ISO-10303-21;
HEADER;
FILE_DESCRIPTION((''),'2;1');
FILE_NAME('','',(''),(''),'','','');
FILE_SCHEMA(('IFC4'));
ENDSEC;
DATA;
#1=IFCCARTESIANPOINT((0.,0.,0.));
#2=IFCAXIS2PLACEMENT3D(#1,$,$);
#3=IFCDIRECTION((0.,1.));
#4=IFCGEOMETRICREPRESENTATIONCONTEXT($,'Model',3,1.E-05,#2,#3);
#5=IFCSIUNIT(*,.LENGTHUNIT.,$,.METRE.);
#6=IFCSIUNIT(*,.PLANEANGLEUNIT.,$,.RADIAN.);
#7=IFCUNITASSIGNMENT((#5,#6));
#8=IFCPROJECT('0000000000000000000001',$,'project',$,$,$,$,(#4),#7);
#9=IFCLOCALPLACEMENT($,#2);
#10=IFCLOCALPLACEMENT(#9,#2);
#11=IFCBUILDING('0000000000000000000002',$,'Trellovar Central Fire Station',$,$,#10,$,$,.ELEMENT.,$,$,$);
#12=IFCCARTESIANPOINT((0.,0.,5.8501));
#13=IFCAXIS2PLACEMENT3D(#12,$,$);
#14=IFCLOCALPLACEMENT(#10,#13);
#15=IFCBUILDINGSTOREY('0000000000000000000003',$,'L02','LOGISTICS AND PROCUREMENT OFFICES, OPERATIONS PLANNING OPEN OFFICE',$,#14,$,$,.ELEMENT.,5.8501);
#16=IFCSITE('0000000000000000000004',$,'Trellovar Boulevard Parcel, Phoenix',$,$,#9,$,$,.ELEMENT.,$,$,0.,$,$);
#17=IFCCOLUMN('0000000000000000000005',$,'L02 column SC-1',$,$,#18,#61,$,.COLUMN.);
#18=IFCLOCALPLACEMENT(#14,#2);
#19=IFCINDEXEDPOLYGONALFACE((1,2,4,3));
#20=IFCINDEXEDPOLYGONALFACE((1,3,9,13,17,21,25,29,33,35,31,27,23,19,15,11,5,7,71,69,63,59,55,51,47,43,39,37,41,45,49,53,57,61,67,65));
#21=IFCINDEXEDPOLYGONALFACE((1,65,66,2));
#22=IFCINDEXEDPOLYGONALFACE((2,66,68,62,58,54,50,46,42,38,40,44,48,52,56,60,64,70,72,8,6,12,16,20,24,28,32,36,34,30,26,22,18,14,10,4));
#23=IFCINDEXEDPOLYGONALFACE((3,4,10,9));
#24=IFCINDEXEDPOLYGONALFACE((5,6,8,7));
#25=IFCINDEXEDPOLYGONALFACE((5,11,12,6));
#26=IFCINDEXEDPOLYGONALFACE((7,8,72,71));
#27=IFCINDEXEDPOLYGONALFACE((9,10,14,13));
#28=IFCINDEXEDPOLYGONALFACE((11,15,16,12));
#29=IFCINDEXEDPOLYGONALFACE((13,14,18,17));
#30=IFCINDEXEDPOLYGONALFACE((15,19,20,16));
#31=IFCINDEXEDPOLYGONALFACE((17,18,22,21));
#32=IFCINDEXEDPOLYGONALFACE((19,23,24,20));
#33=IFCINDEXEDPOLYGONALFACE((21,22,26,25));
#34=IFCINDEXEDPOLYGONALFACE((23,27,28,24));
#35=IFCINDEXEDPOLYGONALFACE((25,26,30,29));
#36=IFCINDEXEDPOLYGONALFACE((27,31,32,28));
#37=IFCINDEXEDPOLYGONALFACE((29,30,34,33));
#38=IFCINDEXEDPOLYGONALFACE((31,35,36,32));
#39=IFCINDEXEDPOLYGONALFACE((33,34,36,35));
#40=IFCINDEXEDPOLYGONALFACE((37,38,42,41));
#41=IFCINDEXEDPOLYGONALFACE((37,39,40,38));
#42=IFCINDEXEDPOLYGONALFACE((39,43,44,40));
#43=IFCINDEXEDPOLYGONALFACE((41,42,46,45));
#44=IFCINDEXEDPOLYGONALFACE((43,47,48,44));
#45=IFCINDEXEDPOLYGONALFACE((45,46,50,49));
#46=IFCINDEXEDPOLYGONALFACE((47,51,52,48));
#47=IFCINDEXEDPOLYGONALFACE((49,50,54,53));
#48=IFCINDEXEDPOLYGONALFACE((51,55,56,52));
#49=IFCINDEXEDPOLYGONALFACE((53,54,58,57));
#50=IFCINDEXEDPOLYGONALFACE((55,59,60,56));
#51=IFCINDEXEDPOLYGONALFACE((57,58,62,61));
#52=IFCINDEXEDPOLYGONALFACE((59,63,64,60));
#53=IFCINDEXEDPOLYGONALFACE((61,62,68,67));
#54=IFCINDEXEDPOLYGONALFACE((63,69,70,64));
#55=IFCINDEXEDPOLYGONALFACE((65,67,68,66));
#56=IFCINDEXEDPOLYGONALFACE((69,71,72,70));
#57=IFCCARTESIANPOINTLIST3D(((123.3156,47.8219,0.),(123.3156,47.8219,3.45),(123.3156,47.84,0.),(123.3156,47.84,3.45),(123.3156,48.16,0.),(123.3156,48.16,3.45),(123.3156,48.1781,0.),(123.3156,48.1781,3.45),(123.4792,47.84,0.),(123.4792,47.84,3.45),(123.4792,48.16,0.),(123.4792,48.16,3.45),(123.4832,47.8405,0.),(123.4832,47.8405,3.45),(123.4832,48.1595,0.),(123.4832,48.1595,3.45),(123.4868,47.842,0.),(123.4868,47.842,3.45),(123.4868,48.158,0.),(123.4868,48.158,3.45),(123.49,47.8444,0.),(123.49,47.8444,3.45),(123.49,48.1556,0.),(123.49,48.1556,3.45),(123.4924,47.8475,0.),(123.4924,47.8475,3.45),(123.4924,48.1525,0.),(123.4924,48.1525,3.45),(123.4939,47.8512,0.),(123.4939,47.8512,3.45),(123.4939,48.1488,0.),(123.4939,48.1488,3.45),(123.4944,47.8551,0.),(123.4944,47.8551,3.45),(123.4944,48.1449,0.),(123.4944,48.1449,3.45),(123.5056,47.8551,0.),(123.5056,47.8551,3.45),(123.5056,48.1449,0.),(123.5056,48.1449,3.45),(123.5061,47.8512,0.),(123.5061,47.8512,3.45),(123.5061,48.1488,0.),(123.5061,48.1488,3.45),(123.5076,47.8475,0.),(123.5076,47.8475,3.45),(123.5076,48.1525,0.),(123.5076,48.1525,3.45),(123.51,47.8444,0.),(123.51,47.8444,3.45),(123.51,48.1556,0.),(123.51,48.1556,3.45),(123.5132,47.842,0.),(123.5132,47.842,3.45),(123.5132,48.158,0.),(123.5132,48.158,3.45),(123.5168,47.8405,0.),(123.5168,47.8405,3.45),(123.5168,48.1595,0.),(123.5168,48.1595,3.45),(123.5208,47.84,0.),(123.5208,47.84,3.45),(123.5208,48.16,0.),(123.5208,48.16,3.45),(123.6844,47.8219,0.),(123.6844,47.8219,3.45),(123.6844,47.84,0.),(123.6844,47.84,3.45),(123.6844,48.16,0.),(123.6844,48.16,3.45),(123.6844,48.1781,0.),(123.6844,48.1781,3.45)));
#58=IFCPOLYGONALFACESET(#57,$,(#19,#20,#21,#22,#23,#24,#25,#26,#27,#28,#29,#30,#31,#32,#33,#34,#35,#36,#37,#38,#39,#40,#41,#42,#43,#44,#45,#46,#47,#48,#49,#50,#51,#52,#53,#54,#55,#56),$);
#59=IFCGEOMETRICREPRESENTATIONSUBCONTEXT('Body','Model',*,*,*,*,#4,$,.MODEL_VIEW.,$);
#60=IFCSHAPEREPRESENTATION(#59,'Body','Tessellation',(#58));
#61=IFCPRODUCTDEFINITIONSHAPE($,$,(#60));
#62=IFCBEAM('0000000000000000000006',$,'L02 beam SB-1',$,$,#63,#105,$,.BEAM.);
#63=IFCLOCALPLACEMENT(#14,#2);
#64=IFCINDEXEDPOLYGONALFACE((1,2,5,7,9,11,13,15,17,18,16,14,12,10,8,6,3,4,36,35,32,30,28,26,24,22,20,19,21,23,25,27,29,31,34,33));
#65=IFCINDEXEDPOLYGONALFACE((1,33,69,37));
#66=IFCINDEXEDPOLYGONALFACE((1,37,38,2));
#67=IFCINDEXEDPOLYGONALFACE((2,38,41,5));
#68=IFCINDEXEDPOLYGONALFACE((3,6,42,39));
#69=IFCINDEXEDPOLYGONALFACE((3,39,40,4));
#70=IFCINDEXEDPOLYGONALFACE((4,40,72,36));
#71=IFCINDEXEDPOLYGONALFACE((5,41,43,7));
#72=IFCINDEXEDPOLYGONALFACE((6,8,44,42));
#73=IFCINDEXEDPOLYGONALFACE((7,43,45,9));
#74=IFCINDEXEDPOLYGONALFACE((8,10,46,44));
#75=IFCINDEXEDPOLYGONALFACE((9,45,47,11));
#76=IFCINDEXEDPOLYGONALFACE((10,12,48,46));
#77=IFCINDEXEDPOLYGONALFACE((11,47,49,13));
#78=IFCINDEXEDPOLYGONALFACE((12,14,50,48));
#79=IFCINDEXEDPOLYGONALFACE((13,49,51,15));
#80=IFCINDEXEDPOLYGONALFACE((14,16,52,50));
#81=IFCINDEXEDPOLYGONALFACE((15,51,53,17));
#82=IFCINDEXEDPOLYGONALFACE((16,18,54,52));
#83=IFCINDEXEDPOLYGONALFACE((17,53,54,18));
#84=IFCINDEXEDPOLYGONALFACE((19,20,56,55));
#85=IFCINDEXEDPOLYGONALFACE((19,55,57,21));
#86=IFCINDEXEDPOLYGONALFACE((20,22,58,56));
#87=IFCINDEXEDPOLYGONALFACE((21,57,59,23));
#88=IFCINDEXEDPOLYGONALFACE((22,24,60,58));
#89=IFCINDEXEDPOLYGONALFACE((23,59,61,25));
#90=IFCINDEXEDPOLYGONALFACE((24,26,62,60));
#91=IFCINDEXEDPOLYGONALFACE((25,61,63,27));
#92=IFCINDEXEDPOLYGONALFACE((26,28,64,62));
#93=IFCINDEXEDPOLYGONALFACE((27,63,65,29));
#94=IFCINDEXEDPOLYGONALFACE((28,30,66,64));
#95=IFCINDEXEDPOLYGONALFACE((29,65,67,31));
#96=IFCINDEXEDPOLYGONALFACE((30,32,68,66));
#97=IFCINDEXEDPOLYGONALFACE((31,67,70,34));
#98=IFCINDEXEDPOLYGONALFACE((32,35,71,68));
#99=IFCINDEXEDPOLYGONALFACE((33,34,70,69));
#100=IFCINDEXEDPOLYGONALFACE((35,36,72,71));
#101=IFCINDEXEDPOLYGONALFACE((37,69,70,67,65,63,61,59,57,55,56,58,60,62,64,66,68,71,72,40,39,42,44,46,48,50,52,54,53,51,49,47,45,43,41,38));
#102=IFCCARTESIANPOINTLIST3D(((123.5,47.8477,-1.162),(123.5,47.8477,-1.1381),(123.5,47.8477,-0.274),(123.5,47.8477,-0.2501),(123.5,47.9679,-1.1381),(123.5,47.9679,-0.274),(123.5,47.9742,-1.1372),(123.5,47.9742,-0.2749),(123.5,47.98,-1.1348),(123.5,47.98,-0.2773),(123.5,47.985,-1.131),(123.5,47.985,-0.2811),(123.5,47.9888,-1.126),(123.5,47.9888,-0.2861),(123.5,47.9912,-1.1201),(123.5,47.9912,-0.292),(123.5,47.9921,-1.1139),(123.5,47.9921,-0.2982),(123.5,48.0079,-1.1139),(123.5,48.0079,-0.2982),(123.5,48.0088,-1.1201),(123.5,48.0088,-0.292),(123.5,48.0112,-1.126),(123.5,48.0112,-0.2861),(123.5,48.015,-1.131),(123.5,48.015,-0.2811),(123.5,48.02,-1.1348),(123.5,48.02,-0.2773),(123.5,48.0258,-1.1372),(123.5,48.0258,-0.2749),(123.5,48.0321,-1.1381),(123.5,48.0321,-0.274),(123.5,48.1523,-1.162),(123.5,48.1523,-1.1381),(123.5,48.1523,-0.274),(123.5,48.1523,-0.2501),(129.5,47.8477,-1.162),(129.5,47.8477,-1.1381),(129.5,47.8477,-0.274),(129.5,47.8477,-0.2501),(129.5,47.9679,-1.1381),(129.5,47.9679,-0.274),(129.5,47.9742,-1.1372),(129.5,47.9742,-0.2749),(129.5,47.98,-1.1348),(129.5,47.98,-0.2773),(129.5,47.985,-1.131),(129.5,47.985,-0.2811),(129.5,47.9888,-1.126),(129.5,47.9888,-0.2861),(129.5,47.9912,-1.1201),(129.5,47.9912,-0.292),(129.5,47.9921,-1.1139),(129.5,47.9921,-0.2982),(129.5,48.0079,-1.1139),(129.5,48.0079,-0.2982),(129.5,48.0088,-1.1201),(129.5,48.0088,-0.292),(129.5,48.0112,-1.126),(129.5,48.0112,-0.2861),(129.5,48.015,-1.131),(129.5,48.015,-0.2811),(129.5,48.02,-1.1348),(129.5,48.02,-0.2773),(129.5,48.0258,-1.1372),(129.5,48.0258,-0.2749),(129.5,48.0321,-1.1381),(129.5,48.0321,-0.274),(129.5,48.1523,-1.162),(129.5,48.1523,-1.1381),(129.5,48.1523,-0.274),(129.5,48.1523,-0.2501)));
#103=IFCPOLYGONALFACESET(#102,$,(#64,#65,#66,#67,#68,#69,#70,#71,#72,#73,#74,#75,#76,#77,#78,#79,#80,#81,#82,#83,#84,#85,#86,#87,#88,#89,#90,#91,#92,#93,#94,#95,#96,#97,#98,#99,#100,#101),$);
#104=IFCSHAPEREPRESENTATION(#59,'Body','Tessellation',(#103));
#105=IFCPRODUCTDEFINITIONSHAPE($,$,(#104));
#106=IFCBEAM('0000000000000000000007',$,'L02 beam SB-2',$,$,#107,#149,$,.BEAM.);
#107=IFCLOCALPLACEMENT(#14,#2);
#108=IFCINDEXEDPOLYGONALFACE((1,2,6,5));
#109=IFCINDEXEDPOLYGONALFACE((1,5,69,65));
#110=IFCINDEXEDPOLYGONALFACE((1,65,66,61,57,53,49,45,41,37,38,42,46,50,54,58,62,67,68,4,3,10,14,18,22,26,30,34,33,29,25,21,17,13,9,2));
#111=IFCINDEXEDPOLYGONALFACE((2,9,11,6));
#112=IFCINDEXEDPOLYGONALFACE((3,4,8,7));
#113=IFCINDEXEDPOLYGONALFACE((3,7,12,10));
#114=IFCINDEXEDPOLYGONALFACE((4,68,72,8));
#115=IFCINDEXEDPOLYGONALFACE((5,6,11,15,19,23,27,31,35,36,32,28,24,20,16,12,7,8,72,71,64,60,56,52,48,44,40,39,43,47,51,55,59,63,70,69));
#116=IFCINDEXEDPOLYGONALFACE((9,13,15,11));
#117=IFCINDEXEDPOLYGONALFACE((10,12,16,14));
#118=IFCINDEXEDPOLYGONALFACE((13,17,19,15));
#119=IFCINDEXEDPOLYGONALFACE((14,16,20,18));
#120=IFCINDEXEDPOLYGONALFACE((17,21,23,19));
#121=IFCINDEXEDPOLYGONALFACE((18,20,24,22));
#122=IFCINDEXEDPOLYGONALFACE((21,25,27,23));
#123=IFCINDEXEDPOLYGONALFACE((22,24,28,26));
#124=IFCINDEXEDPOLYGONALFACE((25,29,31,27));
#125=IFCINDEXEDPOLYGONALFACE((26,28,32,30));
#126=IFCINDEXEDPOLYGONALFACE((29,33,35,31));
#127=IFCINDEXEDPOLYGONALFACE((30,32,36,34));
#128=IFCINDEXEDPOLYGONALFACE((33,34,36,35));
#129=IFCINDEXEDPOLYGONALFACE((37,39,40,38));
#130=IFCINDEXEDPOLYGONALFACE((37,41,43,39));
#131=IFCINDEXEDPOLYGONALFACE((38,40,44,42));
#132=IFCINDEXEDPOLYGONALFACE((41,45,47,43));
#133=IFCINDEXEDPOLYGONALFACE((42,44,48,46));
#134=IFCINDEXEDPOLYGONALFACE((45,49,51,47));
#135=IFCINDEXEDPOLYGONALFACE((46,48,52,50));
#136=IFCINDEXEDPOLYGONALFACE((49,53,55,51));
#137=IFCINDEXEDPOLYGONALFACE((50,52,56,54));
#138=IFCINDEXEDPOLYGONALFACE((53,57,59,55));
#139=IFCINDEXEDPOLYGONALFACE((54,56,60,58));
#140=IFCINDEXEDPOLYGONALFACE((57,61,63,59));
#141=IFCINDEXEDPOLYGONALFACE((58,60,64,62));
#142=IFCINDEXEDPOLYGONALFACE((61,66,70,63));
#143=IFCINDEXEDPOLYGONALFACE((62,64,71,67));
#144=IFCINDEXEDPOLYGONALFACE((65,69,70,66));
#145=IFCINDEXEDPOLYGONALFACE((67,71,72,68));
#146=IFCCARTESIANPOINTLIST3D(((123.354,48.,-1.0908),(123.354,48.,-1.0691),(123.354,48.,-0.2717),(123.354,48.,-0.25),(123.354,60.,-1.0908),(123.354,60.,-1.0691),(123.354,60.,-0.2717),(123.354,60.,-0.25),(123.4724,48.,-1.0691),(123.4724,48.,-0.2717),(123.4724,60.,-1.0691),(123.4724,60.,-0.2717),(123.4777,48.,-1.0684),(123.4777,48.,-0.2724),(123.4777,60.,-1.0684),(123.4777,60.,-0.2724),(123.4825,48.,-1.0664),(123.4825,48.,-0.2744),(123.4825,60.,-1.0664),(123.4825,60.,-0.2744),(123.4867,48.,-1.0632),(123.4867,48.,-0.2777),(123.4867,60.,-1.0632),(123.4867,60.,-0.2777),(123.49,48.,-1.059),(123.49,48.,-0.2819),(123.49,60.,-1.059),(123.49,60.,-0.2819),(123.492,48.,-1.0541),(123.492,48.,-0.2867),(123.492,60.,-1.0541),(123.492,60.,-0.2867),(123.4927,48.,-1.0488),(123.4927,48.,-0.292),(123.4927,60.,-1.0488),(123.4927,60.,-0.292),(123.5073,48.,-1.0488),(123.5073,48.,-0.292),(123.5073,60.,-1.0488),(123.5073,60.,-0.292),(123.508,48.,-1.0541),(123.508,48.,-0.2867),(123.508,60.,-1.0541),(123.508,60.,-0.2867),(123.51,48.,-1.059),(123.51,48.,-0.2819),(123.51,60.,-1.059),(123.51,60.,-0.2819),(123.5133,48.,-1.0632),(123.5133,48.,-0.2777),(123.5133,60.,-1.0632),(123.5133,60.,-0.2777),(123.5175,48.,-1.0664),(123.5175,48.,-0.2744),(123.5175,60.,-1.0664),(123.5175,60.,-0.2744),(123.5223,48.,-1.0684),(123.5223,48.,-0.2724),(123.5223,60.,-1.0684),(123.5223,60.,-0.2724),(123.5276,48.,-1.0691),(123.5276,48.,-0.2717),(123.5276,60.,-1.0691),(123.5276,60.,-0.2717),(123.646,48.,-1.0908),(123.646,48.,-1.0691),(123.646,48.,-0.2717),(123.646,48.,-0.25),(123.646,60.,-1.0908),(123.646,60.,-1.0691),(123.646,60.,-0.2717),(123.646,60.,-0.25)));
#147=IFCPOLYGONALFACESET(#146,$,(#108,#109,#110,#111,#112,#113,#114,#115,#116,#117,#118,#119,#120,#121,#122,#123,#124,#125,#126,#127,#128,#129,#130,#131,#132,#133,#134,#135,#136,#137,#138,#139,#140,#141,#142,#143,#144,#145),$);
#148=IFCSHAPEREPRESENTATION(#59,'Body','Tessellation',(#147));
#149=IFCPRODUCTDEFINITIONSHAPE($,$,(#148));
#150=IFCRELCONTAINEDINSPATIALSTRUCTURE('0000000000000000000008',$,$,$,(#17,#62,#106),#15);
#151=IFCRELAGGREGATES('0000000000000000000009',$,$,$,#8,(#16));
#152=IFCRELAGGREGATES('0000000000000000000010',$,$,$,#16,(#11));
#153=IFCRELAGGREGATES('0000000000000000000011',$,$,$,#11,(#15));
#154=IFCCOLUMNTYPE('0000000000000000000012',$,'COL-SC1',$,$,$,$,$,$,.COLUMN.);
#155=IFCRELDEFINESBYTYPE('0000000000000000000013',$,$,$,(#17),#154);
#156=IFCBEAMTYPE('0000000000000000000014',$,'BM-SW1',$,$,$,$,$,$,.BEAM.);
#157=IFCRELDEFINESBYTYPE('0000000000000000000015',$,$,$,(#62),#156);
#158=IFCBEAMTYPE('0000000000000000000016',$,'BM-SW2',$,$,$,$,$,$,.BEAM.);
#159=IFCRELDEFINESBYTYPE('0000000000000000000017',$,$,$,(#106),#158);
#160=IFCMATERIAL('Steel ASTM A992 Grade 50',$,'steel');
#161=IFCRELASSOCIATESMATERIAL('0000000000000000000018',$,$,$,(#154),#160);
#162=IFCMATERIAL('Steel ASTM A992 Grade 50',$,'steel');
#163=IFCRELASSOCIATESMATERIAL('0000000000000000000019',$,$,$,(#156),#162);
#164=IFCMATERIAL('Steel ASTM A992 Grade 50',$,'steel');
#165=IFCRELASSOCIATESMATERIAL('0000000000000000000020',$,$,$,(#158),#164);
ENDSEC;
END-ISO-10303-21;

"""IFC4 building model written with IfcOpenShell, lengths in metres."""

from ifc_helpers import new_model, si_unit, direction, frame, origin, origin_2d, place, context, subcontext, project, spatial, i_section, extrude, material, material_profile, profile_set, type_object, element, save


model = new_model("IFC4")

# Units and contexts
model_context = context("Model", 3, precision=1e-05, world=origin(), true_north=direction((0.0, 1.0)))
body_context = subcontext(model_context, "Body", "Model", "MODEL_VIEW")
ifc_project = project(units=[si_unit("LENGTHUNIT", "METRE"), si_unit("PLANEANGLEUNIT", "RADIAN")], contexts=[model_context])

# Site, building, storey
site_placement = place(None, origin())
site = spatial("IfcSite", under=ifc_project, at=site_placement, Name="Trellovar Boulevard Parcel, Phoenix", CompositionType="ELEMENT", RefElevation=0.0)
building_placement = place(site_placement, origin())
building = spatial("IfcBuilding", under=site, at=building_placement, Name="Trellovar Central Fire Station", CompositionType="ELEMENT")
storey_placement = place(building_placement, frame((0.0, 0.0, 5.8501)))
storey = spatial("IfcBuildingStorey", under=building, at=storey_placement, Name="L02", Description="LOGISTICS AND PROCUREMENT OFFICES, OPERATIONS PLANNING OPEN OFFICE", CompositionType="ELEMENT", Elevation=5.8501)

# Column
ifc_material_1 = material(Name="Steel ASTM A992 Grade 50", Category="steel")
ifc_material_profile_1 = material_profile(ifc_material_1, i_section(OverallWidth=0.3689, OverallDepth=0.3562, WebThickness=0.0112, FlangeThickness=0.0181, FilletRadius=0.0151, at=origin_2d()), Name="W14X90")
ifc_profile_set_1 = profile_set([ifc_material_profile_1], Name="Steel ASTM A992 Grade 50")
column_type = type_object("IfcColumnType", Name="COL-SC1", PredefinedType="COLUMN", material=ifc_profile_set_1)
column_placement = place(storey_placement, frame((123.5, 48.0, 0.0), z_axis=(0.0, 0.0, 1.0), x_axis=(1.0, 0.0, 0.0)))
element("IfcColumn", 1, at=column_placement, inside=storey, type_object=column_type, Name="L02 column SC-1", PredefinedType="COLUMN", context=body_context, shape_type="SweptSolid", body=[
    extrude(i_section(OverallWidth=0.3689, OverallDepth=0.3562, WebThickness=0.0112, FlangeThickness=0.0181, FilletRadius=0.0151, at=origin_2d()), origin(), (0.0, 0.0, 1.0), 3.45),
])

# Beams
ifc_material_2 = material(Name="Steel ASTM A992 Grade 50", Category="steel")
ifc_material_profile_2 = material_profile(ifc_material_2, i_section(OverallWidth=0.3047, OverallDepth=0.9119, WebThickness=0.0159, FlangeThickness=0.0239, FilletRadius=0.0242, at=origin_2d()), Name="W36X150")
ifc_profile_set_2 = profile_set([ifc_material_profile_2], Name="Steel ASTM A992 Grade 50")
beam_type_1 = type_object("IfcBeamType", Name="BM-SW1", PredefinedType="BEAM", material=ifc_profile_set_2)
beam_1_placement = place(storey_placement, frame((123.5, 48.0, -0.7061), z_axis=(1.0, 0.0, 0.0), x_axis=(0.0, 1.0, 0.0)))
element("IfcBeam", 2, at=beam_1_placement, inside=storey, type_object=beam_type_1, Name="L02 beam SB-1", PredefinedType="BEAM", context=body_context, shape_type="SweptSolid", body=[
    extrude(i_section(OverallWidth=0.3047, OverallDepth=0.9119, WebThickness=0.0159, FlangeThickness=0.0239, FilletRadius=0.0242, at=origin_2d()), origin(), (0.0, 0.0, 1.0), 6.0),
])
ifc_material_3 = material(Name="Steel ASTM A992 Grade 50", Category="steel")
ifc_material_profile_3 = material_profile(ifc_material_3, i_section(OverallWidth=0.292, OverallDepth=0.8408, WebThickness=0.0146, FlangeThickness=0.0217, FilletRadius=0.0203, at=origin_2d()), Name="W33X130")
ifc_profile_set_3 = profile_set([ifc_material_profile_3], Name="Steel ASTM A992 Grade 50")
beam_type_2 = type_object("IfcBeamType", Name="BM-SW2", PredefinedType="BEAM", material=ifc_profile_set_3)
beam_2_placement = place(storey_placement, frame((123.5, 48.0, -0.6704), z_axis=(0.0, 1.0, 0.0), x_axis=(-1.0, 0.0, 0.0)))
element("IfcBeam", 3, at=beam_2_placement, inside=storey, type_object=beam_type_2, Name="L02 beam SB-2", PredefinedType="BEAM", context=body_context, shape_type="SweptSolid", body=[
    extrude(i_section(OverallWidth=0.292, OverallDepth=0.8408, WebThickness=0.0146, FlangeThickness=0.0217, FilletRadius=0.0203, at=origin_2d()), origin(), (0.0, 0.0, 1.0), 12.0),
])

save(model, "model.ifc")
